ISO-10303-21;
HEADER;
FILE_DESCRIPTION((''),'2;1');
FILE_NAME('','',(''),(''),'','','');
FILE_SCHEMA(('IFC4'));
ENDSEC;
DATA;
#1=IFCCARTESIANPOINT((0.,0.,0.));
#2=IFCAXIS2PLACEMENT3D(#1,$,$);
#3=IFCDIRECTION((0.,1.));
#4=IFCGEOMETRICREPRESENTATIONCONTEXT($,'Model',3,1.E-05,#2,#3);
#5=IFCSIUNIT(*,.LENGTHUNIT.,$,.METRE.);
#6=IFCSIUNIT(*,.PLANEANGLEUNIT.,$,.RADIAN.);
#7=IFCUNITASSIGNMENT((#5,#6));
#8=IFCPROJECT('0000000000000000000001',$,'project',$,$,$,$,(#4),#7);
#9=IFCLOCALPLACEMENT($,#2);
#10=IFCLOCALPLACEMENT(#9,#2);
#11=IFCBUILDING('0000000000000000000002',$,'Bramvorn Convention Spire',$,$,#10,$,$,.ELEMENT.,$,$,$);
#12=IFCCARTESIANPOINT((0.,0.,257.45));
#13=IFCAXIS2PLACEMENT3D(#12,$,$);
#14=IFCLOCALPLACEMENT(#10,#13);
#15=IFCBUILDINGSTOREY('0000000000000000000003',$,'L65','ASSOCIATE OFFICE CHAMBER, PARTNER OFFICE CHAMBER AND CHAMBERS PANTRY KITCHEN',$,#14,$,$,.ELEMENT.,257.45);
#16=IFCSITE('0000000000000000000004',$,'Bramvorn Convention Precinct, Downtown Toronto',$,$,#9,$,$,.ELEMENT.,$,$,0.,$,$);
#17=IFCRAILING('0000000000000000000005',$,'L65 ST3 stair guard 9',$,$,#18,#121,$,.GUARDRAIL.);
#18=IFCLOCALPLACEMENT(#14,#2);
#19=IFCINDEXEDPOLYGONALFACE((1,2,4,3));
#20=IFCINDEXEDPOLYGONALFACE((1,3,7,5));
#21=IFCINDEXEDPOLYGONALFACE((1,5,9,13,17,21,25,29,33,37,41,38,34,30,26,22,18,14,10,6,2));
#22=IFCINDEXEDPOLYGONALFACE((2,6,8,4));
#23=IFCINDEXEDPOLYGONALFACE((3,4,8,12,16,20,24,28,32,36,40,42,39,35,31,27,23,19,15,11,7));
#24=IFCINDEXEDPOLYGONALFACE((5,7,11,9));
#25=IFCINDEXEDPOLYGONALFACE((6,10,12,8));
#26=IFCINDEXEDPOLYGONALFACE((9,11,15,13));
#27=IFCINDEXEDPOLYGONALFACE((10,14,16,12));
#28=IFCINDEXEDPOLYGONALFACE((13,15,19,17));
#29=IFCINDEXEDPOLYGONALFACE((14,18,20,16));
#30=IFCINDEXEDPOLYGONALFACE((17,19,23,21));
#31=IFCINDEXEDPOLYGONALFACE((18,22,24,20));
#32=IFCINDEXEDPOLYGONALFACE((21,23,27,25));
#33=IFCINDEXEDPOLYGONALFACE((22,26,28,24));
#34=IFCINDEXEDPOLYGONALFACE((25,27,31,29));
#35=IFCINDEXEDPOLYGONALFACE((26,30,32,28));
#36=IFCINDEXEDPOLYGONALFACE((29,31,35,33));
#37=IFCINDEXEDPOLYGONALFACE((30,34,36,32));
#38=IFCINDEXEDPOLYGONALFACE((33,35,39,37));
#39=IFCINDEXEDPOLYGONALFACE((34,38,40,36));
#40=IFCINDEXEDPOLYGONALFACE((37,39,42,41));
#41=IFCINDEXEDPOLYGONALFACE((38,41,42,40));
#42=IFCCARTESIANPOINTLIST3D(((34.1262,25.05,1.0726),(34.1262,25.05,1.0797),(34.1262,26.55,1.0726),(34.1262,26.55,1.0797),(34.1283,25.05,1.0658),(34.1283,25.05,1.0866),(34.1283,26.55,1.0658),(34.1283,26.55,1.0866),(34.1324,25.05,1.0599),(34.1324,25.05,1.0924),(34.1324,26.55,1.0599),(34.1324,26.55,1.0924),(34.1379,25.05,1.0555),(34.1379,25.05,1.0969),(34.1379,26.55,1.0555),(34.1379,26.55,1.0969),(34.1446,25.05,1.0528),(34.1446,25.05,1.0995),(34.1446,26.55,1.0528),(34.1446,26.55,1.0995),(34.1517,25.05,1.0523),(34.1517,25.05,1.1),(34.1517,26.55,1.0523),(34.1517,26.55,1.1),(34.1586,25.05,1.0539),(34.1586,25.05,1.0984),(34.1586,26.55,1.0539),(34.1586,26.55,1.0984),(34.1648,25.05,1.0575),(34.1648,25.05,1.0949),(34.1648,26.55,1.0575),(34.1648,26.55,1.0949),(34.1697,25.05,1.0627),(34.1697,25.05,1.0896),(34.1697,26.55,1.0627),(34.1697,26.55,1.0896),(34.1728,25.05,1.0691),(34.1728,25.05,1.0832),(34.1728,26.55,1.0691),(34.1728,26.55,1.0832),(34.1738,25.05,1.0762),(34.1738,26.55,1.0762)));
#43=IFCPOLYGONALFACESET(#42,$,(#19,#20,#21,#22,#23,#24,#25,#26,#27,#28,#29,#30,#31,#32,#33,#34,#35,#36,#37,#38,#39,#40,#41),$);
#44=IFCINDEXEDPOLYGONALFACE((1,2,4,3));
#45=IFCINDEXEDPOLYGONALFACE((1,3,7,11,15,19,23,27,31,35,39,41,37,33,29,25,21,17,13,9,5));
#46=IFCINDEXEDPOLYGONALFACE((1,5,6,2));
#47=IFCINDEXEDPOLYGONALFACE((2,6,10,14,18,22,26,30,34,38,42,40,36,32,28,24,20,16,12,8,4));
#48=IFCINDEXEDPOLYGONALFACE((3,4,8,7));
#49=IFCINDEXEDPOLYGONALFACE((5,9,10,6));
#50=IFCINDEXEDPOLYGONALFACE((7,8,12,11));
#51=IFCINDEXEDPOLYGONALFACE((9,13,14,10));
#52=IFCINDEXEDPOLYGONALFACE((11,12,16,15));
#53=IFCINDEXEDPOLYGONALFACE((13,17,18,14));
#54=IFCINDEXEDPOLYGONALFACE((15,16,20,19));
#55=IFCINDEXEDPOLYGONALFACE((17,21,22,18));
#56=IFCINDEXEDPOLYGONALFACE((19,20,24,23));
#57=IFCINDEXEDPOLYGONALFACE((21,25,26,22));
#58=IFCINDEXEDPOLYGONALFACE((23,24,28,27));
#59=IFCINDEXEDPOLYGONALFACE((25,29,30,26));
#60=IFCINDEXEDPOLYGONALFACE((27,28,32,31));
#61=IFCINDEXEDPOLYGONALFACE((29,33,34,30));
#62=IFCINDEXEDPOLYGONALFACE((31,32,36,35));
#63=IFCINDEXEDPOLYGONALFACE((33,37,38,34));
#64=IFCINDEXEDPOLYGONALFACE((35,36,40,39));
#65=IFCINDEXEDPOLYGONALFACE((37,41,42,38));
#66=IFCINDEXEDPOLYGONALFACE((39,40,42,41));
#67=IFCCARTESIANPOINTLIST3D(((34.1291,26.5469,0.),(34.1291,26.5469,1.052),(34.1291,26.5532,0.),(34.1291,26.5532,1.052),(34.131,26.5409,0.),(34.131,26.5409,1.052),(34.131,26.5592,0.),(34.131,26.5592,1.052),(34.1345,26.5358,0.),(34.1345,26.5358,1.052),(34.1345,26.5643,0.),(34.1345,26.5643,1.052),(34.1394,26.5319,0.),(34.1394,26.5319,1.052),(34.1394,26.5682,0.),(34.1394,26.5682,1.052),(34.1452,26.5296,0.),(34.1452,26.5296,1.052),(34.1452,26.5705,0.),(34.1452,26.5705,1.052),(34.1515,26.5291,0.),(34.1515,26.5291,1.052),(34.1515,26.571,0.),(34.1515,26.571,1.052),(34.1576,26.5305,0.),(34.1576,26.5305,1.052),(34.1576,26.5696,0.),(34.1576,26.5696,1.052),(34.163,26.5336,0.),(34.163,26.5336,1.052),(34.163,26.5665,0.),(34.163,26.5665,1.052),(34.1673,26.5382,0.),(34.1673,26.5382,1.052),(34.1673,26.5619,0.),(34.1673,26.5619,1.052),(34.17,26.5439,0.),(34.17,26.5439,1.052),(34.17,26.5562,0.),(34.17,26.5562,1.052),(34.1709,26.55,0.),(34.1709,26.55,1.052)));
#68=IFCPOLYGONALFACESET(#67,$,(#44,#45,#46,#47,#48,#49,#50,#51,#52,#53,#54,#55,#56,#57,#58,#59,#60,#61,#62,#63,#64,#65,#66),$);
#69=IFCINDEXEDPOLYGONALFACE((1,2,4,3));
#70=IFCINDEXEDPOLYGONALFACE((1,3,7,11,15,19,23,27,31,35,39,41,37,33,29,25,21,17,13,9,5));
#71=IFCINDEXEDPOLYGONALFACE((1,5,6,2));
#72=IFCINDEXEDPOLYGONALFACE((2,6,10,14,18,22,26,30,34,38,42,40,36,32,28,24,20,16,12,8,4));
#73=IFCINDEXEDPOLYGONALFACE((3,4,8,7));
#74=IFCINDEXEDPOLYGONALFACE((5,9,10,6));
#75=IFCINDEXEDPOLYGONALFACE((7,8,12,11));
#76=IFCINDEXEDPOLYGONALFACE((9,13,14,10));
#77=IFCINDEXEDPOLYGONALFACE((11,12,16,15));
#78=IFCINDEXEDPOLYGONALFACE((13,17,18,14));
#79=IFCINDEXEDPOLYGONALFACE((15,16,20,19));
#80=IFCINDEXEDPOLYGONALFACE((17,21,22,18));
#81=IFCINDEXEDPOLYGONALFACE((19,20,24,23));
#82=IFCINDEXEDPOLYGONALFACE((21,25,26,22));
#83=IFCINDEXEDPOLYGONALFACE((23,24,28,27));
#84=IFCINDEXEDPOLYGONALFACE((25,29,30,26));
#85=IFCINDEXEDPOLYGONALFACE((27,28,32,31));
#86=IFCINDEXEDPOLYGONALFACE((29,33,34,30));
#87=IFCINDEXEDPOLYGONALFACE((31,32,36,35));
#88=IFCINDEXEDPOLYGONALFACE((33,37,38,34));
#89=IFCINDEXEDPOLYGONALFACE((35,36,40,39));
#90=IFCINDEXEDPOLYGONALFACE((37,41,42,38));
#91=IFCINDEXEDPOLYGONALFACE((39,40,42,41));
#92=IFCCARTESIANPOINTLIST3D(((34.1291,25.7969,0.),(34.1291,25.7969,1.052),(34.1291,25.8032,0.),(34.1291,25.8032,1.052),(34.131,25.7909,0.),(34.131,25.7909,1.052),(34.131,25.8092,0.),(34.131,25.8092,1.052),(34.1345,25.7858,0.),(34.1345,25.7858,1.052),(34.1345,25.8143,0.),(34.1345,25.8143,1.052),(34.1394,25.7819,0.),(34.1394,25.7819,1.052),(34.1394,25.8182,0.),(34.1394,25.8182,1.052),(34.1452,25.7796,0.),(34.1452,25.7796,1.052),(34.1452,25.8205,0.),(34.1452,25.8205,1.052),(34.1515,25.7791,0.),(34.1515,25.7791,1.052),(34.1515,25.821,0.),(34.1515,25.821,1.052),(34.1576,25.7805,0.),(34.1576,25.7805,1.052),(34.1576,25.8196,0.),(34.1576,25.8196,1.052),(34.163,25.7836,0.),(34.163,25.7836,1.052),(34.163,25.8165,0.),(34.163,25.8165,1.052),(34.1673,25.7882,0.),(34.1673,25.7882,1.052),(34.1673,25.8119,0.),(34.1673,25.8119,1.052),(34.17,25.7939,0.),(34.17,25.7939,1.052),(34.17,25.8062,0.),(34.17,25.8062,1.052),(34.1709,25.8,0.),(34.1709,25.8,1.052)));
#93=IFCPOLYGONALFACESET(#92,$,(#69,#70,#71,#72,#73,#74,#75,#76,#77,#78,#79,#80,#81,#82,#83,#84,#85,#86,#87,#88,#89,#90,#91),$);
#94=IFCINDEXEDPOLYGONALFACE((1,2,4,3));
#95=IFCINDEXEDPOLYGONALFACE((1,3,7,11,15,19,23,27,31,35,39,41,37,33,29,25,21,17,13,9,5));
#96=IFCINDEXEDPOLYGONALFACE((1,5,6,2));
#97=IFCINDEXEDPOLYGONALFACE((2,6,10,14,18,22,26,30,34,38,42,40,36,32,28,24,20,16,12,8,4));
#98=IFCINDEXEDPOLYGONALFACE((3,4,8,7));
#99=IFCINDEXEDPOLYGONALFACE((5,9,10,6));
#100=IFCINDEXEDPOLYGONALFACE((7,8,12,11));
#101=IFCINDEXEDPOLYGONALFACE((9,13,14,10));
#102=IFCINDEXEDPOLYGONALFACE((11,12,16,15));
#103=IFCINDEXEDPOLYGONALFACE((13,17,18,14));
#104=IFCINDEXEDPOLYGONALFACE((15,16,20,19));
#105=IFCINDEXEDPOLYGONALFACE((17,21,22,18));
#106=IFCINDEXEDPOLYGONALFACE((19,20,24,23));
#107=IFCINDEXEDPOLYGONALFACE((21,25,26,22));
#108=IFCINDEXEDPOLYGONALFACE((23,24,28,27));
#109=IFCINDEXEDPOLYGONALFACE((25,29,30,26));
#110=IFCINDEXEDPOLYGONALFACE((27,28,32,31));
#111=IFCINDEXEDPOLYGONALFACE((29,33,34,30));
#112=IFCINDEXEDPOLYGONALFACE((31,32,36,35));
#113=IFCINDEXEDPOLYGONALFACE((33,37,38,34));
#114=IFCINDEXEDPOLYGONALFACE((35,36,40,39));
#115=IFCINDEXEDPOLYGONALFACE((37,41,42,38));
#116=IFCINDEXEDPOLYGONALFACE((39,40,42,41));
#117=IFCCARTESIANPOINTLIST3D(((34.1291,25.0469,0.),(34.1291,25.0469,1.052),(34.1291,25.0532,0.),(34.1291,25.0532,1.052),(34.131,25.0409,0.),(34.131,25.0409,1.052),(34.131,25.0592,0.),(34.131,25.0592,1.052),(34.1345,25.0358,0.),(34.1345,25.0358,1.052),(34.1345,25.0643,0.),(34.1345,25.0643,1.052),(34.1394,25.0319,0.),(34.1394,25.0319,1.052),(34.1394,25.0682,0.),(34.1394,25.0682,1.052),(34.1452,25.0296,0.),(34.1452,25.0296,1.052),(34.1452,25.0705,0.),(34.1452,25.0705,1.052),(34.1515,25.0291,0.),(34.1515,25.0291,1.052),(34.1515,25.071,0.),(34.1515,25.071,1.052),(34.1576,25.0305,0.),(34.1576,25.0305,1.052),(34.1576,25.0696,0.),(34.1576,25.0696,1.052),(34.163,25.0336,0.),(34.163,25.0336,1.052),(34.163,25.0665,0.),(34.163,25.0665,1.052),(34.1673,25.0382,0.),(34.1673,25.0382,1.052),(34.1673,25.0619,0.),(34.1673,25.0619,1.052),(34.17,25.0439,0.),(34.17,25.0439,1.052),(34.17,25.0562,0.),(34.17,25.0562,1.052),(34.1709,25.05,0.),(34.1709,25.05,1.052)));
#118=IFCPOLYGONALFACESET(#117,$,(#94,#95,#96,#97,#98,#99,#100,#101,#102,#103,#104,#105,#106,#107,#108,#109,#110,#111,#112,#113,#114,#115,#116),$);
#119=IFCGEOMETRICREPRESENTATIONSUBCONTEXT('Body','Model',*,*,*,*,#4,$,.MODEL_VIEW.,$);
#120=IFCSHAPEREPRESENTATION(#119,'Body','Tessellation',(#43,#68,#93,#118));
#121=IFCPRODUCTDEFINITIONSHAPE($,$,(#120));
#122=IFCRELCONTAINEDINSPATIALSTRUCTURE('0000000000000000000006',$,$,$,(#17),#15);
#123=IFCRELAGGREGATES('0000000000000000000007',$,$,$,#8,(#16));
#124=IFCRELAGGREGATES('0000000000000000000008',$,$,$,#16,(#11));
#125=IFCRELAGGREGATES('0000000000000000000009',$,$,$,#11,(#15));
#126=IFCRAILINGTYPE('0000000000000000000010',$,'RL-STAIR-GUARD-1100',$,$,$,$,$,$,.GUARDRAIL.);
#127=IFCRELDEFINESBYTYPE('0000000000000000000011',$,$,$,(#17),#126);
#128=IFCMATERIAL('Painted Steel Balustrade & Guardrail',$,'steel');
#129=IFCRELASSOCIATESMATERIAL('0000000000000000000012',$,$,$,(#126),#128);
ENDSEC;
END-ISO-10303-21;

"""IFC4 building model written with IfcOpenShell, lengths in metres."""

from ifc_helpers import new_model, si_unit, direction, frame, origin, origin_2d, place, context, subcontext, project, spatial, circle, extrude, material, type_object, element, save


model = new_model("IFC4")

# Units and contexts
model_context = context("Model", 3, precision=1e-05, world=origin(), true_north=direction((0.0, 1.0)))
body_context = subcontext(model_context, "Body", "Model", "MODEL_VIEW")
ifc_project = project(units=[si_unit("LENGTHUNIT", "METRE"), si_unit("PLANEANGLEUNIT", "RADIAN")], contexts=[model_context])

# Site, building, storey
site_placement = place(None, origin())
site = spatial("IfcSite", under=ifc_project, at=site_placement, Name="Bramvorn Convention Precinct, Downtown Toronto", CompositionType="ELEMENT", RefElevation=0.0)
building_placement = place(site_placement, origin())
building = spatial("IfcBuilding", under=site, at=building_placement, Name="Bramvorn Convention Spire", CompositionType="ELEMENT")
storey_placement = place(building_placement, frame((0.0, 0.0, 257.45)))
storey = spatial("IfcBuildingStorey", under=building, at=storey_placement, Name="L65", Description="ASSOCIATE OFFICE CHAMBER, PARTNER OFFICE CHAMBER AND CHAMBERS PANTRY KITCHEN", CompositionType="ELEMENT", Elevation=257.45)

# Railing
ifc_material_1 = material(Name="Painted Steel Balustrade & Guardrail", Category="steel")
railing_type_1 = type_object("IfcRailingType", Name="RL-STAIR-GUARD-1100", PredefinedType="GUARDRAIL", material=ifc_material_1)
railing_1_placement = place(storey_placement, frame((34.1499, 26.55, 0.0)))
element("IfcRailing", 1, at=railing_1_placement, inside=storey, type_object=railing_type_1, Name="L65 ST3 stair guard 9", PredefinedType="GUARDRAIL", context=body_context, shape_type="SweptSolid", body=[
    extrude(circle(Radius=0.0239, at=origin_2d()), frame((0.0, 0.0, 1.0762), z_axis=(0.0, -1.0, 0.0), x_axis=(1.0, 0.0, 0.0)), (0.0, 0.0, 1.0), 1.5),
    extrude(circle(Radius=0.021, at=origin_2d()), origin(), (0.0, 0.0, 1.0), 1.052),
    extrude(circle(Radius=0.021, at=origin_2d()), frame((0.0, -0.75, 0.0)), (0.0, 0.0, 1.0), 1.052),
    extrude(circle(Radius=0.021, at=origin_2d()), frame((0.0, -1.5, 0.0)), (0.0, 0.0, 1.0), 1.052),
])

save(model, "model.ifc")
